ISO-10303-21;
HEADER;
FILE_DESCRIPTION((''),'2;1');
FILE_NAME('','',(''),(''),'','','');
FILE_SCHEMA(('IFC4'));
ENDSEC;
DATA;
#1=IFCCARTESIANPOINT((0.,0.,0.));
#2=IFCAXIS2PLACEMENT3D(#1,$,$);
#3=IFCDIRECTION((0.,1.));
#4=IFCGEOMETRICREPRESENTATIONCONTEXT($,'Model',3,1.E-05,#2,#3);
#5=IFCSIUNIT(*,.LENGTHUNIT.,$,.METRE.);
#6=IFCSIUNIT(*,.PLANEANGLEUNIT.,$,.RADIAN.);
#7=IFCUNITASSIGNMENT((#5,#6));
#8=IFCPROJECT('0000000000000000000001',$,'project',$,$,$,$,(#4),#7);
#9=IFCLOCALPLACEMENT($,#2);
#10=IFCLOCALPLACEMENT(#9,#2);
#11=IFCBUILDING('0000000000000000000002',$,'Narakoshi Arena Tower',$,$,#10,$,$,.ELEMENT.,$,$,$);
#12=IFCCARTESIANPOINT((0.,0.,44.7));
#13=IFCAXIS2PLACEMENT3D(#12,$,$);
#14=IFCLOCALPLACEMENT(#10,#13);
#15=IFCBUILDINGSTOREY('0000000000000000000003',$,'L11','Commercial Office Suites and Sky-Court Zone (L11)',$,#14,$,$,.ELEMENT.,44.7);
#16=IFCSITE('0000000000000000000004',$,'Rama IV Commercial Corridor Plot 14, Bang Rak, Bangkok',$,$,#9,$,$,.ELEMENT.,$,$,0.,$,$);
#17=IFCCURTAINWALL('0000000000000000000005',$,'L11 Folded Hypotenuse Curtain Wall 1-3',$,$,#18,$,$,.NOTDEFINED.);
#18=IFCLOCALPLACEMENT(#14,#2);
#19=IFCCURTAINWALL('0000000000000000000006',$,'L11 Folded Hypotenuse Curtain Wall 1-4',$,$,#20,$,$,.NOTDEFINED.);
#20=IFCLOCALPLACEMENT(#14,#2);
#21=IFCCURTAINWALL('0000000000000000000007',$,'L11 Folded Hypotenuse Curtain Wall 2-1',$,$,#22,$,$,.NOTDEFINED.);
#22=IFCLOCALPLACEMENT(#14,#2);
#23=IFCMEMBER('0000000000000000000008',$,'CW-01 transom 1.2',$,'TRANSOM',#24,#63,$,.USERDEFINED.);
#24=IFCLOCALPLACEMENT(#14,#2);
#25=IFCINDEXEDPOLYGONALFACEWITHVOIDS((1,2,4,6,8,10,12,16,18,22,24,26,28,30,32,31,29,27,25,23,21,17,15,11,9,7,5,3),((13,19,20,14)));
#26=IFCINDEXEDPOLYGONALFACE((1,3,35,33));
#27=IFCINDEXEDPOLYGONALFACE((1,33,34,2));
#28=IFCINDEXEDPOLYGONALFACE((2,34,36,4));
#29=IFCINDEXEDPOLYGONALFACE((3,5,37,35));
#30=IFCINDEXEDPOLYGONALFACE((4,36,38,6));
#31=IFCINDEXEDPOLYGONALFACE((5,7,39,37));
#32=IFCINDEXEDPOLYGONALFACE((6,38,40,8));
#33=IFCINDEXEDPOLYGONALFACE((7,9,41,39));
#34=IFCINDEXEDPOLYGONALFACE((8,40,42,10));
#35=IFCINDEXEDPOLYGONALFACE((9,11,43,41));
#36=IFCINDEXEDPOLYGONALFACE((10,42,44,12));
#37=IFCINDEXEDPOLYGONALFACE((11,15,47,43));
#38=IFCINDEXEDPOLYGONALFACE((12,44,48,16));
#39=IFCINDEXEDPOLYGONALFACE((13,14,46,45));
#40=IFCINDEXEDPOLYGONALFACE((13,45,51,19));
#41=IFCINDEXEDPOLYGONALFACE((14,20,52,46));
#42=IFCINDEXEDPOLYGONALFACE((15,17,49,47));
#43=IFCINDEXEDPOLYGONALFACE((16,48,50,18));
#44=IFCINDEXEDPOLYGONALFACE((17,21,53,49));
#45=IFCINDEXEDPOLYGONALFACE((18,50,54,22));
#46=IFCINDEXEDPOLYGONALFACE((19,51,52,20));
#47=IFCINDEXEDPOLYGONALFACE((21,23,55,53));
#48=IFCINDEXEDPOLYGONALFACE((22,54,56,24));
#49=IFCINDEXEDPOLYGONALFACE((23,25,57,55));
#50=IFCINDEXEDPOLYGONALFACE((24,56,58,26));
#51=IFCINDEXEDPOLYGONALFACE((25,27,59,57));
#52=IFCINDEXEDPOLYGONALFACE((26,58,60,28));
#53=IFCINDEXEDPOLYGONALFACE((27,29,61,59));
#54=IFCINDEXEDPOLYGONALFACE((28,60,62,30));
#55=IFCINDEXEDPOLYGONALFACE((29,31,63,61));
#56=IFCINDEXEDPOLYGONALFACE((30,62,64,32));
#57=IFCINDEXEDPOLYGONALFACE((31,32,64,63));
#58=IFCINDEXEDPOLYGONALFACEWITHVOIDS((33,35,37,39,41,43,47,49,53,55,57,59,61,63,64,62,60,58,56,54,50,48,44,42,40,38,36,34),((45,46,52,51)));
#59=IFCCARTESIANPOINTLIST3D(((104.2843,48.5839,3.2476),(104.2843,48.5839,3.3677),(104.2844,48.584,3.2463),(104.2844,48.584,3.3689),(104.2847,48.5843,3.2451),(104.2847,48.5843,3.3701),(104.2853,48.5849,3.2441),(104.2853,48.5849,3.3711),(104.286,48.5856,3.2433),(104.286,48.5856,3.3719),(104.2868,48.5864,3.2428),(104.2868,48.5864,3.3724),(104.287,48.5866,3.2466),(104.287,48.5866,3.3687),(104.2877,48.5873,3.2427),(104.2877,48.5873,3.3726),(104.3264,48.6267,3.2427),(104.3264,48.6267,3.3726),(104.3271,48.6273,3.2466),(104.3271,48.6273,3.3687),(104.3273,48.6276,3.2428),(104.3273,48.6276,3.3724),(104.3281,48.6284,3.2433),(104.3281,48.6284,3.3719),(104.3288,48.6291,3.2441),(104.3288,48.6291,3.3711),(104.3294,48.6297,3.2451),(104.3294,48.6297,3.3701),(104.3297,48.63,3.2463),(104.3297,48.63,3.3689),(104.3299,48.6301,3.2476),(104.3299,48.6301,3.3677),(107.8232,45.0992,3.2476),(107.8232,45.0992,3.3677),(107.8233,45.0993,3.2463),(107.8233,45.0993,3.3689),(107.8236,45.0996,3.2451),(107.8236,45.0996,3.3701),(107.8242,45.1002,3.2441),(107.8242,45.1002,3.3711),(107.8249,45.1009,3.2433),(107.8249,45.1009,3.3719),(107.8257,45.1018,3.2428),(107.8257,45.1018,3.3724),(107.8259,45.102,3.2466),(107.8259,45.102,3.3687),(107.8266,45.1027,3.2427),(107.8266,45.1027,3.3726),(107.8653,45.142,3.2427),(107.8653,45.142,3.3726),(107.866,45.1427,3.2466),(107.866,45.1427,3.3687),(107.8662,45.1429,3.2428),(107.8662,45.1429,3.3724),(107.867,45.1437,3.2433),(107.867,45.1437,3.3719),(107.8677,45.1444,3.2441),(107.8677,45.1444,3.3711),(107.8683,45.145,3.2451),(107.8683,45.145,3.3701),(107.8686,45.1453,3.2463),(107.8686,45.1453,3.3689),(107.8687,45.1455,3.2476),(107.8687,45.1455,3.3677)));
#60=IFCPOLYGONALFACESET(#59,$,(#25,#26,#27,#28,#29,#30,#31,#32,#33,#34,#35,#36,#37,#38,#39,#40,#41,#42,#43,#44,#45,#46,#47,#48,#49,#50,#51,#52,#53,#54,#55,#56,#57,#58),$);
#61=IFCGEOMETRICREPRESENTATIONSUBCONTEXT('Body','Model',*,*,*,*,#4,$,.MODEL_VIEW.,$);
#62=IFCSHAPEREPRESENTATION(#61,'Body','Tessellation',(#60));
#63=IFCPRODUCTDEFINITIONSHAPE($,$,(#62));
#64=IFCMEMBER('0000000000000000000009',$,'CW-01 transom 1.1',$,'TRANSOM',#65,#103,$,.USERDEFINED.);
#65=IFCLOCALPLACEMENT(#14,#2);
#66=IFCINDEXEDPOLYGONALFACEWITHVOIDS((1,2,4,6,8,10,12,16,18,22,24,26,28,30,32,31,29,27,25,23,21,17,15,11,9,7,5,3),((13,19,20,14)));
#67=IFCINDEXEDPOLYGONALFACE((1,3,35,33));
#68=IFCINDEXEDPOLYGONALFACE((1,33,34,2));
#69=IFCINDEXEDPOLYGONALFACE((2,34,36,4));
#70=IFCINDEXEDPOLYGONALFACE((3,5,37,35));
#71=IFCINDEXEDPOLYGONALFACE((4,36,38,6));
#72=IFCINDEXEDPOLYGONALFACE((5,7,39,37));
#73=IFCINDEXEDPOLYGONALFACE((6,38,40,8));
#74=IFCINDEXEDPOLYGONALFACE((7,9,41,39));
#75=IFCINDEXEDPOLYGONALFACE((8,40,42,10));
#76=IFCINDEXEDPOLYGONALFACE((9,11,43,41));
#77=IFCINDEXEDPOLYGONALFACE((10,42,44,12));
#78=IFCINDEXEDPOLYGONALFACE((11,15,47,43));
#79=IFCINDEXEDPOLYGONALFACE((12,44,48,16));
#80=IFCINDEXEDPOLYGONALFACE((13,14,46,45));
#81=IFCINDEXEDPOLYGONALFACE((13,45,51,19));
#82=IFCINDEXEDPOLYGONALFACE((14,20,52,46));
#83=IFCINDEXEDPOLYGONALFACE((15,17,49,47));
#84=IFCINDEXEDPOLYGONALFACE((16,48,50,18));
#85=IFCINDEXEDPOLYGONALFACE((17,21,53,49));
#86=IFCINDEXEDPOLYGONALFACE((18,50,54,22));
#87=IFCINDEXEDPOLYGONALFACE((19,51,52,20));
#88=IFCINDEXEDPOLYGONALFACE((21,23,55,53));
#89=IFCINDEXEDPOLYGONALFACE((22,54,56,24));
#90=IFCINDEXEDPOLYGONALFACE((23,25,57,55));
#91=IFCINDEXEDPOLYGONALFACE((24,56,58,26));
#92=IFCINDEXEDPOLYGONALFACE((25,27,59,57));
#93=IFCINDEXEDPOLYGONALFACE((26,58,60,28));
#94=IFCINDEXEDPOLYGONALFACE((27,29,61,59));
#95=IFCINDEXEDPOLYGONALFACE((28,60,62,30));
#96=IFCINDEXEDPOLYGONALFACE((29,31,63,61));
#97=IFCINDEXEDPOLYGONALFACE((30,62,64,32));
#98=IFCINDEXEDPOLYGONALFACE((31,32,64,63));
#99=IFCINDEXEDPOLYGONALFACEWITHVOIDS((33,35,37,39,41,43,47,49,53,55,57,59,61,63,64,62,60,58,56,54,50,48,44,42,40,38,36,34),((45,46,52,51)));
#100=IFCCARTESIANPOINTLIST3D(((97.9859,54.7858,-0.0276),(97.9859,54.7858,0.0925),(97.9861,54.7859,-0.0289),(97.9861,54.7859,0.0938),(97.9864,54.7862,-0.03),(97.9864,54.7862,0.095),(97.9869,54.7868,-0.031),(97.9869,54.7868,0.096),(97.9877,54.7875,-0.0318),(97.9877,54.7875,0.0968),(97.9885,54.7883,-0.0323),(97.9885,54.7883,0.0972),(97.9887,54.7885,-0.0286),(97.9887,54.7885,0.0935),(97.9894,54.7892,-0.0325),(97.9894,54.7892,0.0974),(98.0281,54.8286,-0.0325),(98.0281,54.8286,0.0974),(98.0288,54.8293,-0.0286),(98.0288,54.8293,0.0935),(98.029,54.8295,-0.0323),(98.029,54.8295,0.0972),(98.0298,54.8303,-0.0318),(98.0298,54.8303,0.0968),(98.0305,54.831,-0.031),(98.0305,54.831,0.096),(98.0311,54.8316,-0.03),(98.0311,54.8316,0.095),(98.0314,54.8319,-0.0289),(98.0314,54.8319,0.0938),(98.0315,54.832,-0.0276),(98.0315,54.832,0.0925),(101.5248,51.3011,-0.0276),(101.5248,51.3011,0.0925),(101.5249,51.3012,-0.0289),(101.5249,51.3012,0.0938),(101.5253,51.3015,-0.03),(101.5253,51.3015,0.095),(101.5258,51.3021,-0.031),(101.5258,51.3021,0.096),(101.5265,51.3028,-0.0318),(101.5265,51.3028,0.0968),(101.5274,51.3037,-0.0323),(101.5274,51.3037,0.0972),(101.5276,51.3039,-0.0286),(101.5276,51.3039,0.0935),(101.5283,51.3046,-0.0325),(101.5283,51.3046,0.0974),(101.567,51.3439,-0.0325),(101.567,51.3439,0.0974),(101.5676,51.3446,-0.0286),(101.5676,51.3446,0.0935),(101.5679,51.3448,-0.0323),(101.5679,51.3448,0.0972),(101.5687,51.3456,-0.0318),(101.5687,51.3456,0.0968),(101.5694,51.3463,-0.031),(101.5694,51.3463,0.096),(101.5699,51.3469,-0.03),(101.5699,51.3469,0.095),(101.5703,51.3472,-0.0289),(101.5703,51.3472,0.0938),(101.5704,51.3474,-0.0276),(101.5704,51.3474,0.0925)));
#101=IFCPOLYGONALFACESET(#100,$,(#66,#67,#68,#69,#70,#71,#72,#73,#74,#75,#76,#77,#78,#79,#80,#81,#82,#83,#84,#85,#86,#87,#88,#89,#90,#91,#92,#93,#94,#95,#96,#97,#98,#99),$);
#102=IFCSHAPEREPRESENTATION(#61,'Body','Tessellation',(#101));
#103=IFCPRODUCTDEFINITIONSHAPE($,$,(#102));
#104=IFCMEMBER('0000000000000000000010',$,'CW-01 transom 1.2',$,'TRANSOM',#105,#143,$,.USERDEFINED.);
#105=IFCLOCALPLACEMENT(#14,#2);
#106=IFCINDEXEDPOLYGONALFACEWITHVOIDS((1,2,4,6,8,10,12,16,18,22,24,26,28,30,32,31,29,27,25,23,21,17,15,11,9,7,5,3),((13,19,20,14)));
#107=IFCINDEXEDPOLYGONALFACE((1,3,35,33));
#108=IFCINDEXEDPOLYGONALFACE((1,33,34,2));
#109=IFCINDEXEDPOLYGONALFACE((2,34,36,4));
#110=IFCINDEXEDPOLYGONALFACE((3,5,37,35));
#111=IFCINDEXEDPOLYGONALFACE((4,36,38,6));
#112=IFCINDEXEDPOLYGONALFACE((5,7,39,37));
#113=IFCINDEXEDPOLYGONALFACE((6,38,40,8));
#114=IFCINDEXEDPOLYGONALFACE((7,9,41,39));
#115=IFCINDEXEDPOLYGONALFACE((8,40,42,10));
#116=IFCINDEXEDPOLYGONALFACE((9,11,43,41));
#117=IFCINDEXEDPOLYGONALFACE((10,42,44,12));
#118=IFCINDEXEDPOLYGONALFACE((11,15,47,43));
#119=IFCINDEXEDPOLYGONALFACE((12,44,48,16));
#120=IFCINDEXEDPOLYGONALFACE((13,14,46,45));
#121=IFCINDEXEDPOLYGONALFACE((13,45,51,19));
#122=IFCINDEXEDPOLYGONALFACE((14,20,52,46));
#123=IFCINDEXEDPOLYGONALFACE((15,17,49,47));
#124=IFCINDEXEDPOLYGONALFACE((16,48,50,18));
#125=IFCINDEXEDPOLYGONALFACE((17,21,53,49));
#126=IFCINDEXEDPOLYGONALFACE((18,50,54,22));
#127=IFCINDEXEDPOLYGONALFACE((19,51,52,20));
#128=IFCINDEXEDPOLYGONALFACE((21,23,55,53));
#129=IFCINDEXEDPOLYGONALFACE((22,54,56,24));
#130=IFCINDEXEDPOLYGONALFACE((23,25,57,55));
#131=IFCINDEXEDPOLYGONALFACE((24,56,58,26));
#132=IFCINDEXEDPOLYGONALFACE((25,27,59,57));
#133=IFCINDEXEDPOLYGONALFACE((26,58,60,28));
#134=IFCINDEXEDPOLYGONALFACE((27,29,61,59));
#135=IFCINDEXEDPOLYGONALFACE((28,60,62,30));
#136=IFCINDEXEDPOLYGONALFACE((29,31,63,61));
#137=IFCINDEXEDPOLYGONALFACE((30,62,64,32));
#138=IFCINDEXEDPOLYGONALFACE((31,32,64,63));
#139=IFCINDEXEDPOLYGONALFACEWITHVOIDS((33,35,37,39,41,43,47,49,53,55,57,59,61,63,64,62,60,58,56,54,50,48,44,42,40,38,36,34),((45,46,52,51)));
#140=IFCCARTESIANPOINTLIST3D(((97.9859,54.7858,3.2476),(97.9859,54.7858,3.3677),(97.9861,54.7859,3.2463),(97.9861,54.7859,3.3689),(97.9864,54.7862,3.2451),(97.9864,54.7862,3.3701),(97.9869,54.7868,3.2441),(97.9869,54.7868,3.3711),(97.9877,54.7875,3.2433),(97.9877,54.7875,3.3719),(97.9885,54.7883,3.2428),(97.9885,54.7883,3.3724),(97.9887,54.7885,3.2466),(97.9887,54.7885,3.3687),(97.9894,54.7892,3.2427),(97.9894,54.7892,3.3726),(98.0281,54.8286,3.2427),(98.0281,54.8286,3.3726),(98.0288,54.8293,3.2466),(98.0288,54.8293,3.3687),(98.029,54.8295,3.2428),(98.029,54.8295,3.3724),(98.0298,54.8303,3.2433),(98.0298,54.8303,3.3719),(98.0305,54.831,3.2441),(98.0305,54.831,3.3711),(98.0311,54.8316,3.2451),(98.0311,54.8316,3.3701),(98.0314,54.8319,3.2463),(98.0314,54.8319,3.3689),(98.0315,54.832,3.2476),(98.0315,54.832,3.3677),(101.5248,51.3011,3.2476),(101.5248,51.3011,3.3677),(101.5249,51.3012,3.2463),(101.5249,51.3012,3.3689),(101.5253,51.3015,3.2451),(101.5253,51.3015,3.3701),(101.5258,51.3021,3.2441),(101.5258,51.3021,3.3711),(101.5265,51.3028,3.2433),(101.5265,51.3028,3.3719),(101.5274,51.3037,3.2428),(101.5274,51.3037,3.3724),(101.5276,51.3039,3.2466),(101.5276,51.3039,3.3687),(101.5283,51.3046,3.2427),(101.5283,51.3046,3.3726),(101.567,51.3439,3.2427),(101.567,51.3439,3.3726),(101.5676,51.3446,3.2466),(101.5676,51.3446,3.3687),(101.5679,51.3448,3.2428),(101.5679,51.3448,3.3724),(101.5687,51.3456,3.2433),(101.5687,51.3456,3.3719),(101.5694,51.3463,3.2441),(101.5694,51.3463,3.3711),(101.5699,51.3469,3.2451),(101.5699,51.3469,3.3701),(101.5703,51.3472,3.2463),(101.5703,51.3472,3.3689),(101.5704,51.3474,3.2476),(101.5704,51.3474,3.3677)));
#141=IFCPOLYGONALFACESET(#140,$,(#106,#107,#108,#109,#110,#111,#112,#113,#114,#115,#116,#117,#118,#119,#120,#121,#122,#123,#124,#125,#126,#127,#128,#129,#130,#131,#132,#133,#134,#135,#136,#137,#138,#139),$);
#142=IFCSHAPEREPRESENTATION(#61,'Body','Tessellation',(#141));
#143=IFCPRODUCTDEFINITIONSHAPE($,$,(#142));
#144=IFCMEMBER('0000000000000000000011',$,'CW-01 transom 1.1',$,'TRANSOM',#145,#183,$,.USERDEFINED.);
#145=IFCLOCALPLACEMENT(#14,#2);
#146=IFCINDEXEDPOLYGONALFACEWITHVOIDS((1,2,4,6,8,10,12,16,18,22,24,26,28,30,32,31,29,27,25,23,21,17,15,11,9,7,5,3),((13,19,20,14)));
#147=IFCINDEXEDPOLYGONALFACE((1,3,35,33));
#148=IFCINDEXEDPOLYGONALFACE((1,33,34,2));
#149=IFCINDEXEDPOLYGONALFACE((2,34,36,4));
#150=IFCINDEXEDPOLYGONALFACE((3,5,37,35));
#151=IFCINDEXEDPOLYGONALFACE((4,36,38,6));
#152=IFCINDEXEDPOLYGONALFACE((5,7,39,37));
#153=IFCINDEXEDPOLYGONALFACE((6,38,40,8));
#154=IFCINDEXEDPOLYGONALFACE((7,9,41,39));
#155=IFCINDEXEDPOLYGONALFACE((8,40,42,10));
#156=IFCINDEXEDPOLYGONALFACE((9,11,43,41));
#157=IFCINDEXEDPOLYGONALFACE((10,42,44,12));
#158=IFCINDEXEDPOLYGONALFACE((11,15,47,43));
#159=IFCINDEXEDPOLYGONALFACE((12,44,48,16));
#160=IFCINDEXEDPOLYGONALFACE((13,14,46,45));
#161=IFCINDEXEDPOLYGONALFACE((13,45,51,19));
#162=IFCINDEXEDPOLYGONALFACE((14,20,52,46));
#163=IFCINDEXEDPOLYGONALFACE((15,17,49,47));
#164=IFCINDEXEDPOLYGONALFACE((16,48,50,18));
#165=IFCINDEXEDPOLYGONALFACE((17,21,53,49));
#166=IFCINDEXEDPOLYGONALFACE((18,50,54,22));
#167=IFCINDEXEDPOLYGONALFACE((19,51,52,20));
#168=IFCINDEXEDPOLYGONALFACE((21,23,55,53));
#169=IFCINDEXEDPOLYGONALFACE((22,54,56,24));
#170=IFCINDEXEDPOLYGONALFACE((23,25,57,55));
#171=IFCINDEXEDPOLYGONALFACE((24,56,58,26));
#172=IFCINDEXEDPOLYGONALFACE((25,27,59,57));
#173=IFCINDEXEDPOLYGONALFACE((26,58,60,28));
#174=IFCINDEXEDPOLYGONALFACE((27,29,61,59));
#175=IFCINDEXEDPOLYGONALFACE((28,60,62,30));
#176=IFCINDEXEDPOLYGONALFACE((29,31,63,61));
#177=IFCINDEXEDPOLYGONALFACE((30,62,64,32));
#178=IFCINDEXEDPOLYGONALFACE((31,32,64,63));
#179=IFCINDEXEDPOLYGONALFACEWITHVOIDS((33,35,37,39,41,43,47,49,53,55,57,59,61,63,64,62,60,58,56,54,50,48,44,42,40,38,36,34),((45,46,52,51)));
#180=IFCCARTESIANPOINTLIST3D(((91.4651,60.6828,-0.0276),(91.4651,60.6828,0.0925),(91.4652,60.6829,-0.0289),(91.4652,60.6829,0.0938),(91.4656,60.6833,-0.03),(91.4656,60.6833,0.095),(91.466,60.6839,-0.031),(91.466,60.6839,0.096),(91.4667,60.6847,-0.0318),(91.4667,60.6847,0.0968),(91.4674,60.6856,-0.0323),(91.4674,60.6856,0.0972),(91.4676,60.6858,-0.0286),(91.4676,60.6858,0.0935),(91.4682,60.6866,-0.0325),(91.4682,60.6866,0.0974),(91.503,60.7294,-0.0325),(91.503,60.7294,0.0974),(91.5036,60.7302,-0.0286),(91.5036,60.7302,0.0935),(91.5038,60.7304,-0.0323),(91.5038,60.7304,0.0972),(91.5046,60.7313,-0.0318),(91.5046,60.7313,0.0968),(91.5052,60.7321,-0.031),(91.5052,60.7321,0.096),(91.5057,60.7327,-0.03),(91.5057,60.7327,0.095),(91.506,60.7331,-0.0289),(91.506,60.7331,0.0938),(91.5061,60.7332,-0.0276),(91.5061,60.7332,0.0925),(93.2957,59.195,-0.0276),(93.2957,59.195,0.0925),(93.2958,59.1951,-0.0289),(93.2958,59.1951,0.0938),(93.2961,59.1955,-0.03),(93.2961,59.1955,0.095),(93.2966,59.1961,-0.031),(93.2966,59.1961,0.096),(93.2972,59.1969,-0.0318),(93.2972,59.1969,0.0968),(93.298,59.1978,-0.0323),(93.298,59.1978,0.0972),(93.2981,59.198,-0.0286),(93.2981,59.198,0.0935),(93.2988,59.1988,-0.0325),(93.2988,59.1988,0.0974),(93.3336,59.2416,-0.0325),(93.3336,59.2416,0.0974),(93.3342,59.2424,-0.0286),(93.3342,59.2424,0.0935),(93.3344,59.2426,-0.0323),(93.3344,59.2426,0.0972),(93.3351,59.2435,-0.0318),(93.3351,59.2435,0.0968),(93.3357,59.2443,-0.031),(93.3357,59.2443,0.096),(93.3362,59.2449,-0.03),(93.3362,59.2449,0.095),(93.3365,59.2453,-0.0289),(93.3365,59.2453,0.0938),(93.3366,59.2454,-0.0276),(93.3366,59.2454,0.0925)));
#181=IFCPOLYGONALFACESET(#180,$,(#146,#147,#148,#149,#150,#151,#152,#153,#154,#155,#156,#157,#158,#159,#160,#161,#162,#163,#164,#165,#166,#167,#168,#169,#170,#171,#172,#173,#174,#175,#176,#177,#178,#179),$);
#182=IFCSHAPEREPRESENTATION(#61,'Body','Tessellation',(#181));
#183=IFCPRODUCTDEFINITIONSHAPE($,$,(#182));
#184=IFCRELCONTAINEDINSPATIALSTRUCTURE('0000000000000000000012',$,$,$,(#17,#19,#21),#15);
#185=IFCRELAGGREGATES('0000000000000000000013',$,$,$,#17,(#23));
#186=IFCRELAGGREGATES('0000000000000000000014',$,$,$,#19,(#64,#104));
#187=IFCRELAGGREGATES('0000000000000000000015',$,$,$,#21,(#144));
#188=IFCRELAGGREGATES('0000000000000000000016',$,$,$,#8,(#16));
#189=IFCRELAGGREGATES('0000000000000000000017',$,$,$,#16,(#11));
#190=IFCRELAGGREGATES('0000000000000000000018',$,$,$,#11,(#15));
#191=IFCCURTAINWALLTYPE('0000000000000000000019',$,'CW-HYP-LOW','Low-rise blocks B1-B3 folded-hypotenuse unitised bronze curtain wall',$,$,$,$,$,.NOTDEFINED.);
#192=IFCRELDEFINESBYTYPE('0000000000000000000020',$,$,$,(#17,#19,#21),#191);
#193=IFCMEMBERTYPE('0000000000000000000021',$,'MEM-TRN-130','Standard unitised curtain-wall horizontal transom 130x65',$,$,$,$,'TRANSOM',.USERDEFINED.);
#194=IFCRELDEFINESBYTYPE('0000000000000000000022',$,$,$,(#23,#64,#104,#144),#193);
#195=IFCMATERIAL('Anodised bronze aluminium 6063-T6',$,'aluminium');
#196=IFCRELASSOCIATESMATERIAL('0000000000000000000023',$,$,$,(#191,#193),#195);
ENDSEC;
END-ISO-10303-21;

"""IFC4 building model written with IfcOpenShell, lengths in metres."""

from ifc_helpers import new_model, si_unit, direction, frame, origin, origin_2d, place, context, subcontext, project, spatial, hollow_rectangle, extrude, material, material_profile, profile_set, type_object, element, aggregate, save


model = new_model("IFC4")

# Units and contexts
model_context = context("Model", 3, precision=1e-05, world=origin(), true_north=direction((0.0, 1.0)))
body_context = subcontext(model_context, "Body", "Model", "MODEL_VIEW")
ifc_project = project(units=[si_unit("LENGTHUNIT", "METRE"), si_unit("PLANEANGLEUNIT", "RADIAN")], contexts=[model_context])

# Site, building, storey
site_placement = place(None, origin())
site = spatial("IfcSite", under=ifc_project, at=site_placement, Name="Rama IV Commercial Corridor Plot 14, Bang Rak, Bangkok", CompositionType="ELEMENT", RefElevation=0.0)
building_placement = place(site_placement, origin())
building = spatial("IfcBuilding", under=site, at=building_placement, Name="Narakoshi Arena Tower", CompositionType="ELEMENT")
storey_placement = place(building_placement, frame((0.0, 0.0, 44.7)))
storey = spatial("IfcBuildingStorey", under=building, at=storey_placement, Name="L11", Description="Commercial Office Suites and Sky-Court Zone (L11)", CompositionType="ELEMENT", Elevation=44.7)

# Curtain walls
ifc_material_1 = material(Name="Anodised bronze aluminium 6063-T6", Category="aluminium")
curtain_wall_type = type_object("IfcCurtainWallType", Name="CW-HYP-LOW", Description="Low-rise blocks B1-B3 folded-hypotenuse unitised bronze curtain wall", PredefinedType="NOTDEFINED", material=ifc_material_1)
curtain_wall_1_placement = place(storey_placement, origin())
curtain_wall_1 = element("IfcCurtainWall", 1, at=curtain_wall_1_placement, inside=storey, type_object=curtain_wall_type, Name="L11 Folded Hypotenuse Curtain Wall 1-3", PredefinedType="NOTDEFINED")
curtain_wall_2_placement = place(storey_placement, origin())
curtain_wall_2 = element("IfcCurtainWall", 2, at=curtain_wall_2_placement, inside=storey, type_object=curtain_wall_type, Name="L11 Folded Hypotenuse Curtain Wall 1-4", PredefinedType="NOTDEFINED")
curtain_wall_3_placement = place(storey_placement, origin())
curtain_wall_3 = element("IfcCurtainWall", 3, at=curtain_wall_3_placement, inside=storey, type_object=curtain_wall_type, Name="L11 Folded Hypotenuse Curtain Wall 2-1", PredefinedType="NOTDEFINED")

# Members
ifc_material_profile_1 = material_profile(ifc_material_1, hollow_rectangle(XDim=0.0649, YDim=0.1299, WallThickness=0.0039, OuterFilletRadius=0.0049, at=origin_2d()), Name="TRN130x65x4")
ifc_profile_set_1 = profile_set([ifc_material_profile_1], Name="Anodised bronze aluminium 6063-T6")
member_type_1 = type_object("IfcMemberType", Name="MEM-TRN-130", Description="Standard unitised curtain-wall horizontal transom 130x65", ElementType="TRANSOM", PredefinedType="USERDEFINED", material=ifc_profile_set_1)
member_1_placement = place(storey_placement, frame((107.8459, 45.1223, 3.3076), z_axis=(-0.712542, 0.701629, 0.0), x_axis=(-0.701629, -0.712542, 0.0)))
member_1 = element("IfcMember", 4, at=member_1_placement, type_object=member_type_1, Name="CW-01 transom 1.2", ObjectType="TRANSOM", PredefinedType="USERDEFINED", context=body_context, shape_type="SweptSolid", body=[
    extrude(hollow_rectangle(XDim=0.0649, YDim=0.1299, WallThickness=0.0039, OuterFilletRadius=0.0049, at=origin_2d()), origin(), (0.0, 0.0, 1.0), 4.9666),
])
member_2_placement = place(storey_placement, frame((101.5476, 51.3242, 0.0325), z_axis=(-0.712542, 0.701629, 0.0), x_axis=(-0.701629, -0.712542, 0.0)))
member_2 = element("IfcMember", 5, at=member_2_placement, type_object=member_type_1, Name="CW-01 transom 1.1", ObjectType="TRANSOM", PredefinedType="USERDEFINED", context=body_context, shape_type="SweptSolid", body=[
    extrude(hollow_rectangle(XDim=0.0649, YDim=0.1299, WallThickness=0.0039, OuterFilletRadius=0.0049, at=origin_2d()), origin(), (0.0, 0.0, 1.0), 4.9666),
])
member_3_placement = place(storey_placement, frame((101.5476, 51.3242, 3.3076), z_axis=(-0.712542, 0.701629, 0.0), x_axis=(-0.701629, -0.712542, 0.0)))
member_3 = element("IfcMember", 6, at=member_3_placement, type_object=member_type_1, Name="CW-01 transom 1.2", ObjectType="TRANSOM", PredefinedType="USERDEFINED", context=body_context, shape_type="SweptSolid", body=[
    extrude(hollow_rectangle(XDim=0.0649, YDim=0.1299, WallThickness=0.0039, OuterFilletRadius=0.0049, at=origin_2d()), origin(), (0.0, 0.0, 1.0), 4.9666),
])
member_4_placement = place(storey_placement, frame((93.3162, 59.2202, 0.0325), z_axis=(-0.776019, 0.63071, 0.0), x_axis=(-0.63071, -0.776019, 0.0)))
member_4 = element("IfcMember", 7, at=member_4_placement, type_object=member_type_1, Name="CW-01 transom 1.1", ObjectType="TRANSOM", PredefinedType="USERDEFINED", context=body_context, shape_type="SweptSolid", body=[
    extrude(hollow_rectangle(XDim=0.0649, YDim=0.1299, WallThickness=0.0039, OuterFilletRadius=0.0049, at=origin_2d()), origin(), (0.0, 0.0, 1.0), 2.3589),
])

aggregate(curtain_wall_1, [member_1])
aggregate(curtain_wall_2, [member_2, member_3])
aggregate(curtain_wall_3, [member_4])

save(model, "model.ifc")
